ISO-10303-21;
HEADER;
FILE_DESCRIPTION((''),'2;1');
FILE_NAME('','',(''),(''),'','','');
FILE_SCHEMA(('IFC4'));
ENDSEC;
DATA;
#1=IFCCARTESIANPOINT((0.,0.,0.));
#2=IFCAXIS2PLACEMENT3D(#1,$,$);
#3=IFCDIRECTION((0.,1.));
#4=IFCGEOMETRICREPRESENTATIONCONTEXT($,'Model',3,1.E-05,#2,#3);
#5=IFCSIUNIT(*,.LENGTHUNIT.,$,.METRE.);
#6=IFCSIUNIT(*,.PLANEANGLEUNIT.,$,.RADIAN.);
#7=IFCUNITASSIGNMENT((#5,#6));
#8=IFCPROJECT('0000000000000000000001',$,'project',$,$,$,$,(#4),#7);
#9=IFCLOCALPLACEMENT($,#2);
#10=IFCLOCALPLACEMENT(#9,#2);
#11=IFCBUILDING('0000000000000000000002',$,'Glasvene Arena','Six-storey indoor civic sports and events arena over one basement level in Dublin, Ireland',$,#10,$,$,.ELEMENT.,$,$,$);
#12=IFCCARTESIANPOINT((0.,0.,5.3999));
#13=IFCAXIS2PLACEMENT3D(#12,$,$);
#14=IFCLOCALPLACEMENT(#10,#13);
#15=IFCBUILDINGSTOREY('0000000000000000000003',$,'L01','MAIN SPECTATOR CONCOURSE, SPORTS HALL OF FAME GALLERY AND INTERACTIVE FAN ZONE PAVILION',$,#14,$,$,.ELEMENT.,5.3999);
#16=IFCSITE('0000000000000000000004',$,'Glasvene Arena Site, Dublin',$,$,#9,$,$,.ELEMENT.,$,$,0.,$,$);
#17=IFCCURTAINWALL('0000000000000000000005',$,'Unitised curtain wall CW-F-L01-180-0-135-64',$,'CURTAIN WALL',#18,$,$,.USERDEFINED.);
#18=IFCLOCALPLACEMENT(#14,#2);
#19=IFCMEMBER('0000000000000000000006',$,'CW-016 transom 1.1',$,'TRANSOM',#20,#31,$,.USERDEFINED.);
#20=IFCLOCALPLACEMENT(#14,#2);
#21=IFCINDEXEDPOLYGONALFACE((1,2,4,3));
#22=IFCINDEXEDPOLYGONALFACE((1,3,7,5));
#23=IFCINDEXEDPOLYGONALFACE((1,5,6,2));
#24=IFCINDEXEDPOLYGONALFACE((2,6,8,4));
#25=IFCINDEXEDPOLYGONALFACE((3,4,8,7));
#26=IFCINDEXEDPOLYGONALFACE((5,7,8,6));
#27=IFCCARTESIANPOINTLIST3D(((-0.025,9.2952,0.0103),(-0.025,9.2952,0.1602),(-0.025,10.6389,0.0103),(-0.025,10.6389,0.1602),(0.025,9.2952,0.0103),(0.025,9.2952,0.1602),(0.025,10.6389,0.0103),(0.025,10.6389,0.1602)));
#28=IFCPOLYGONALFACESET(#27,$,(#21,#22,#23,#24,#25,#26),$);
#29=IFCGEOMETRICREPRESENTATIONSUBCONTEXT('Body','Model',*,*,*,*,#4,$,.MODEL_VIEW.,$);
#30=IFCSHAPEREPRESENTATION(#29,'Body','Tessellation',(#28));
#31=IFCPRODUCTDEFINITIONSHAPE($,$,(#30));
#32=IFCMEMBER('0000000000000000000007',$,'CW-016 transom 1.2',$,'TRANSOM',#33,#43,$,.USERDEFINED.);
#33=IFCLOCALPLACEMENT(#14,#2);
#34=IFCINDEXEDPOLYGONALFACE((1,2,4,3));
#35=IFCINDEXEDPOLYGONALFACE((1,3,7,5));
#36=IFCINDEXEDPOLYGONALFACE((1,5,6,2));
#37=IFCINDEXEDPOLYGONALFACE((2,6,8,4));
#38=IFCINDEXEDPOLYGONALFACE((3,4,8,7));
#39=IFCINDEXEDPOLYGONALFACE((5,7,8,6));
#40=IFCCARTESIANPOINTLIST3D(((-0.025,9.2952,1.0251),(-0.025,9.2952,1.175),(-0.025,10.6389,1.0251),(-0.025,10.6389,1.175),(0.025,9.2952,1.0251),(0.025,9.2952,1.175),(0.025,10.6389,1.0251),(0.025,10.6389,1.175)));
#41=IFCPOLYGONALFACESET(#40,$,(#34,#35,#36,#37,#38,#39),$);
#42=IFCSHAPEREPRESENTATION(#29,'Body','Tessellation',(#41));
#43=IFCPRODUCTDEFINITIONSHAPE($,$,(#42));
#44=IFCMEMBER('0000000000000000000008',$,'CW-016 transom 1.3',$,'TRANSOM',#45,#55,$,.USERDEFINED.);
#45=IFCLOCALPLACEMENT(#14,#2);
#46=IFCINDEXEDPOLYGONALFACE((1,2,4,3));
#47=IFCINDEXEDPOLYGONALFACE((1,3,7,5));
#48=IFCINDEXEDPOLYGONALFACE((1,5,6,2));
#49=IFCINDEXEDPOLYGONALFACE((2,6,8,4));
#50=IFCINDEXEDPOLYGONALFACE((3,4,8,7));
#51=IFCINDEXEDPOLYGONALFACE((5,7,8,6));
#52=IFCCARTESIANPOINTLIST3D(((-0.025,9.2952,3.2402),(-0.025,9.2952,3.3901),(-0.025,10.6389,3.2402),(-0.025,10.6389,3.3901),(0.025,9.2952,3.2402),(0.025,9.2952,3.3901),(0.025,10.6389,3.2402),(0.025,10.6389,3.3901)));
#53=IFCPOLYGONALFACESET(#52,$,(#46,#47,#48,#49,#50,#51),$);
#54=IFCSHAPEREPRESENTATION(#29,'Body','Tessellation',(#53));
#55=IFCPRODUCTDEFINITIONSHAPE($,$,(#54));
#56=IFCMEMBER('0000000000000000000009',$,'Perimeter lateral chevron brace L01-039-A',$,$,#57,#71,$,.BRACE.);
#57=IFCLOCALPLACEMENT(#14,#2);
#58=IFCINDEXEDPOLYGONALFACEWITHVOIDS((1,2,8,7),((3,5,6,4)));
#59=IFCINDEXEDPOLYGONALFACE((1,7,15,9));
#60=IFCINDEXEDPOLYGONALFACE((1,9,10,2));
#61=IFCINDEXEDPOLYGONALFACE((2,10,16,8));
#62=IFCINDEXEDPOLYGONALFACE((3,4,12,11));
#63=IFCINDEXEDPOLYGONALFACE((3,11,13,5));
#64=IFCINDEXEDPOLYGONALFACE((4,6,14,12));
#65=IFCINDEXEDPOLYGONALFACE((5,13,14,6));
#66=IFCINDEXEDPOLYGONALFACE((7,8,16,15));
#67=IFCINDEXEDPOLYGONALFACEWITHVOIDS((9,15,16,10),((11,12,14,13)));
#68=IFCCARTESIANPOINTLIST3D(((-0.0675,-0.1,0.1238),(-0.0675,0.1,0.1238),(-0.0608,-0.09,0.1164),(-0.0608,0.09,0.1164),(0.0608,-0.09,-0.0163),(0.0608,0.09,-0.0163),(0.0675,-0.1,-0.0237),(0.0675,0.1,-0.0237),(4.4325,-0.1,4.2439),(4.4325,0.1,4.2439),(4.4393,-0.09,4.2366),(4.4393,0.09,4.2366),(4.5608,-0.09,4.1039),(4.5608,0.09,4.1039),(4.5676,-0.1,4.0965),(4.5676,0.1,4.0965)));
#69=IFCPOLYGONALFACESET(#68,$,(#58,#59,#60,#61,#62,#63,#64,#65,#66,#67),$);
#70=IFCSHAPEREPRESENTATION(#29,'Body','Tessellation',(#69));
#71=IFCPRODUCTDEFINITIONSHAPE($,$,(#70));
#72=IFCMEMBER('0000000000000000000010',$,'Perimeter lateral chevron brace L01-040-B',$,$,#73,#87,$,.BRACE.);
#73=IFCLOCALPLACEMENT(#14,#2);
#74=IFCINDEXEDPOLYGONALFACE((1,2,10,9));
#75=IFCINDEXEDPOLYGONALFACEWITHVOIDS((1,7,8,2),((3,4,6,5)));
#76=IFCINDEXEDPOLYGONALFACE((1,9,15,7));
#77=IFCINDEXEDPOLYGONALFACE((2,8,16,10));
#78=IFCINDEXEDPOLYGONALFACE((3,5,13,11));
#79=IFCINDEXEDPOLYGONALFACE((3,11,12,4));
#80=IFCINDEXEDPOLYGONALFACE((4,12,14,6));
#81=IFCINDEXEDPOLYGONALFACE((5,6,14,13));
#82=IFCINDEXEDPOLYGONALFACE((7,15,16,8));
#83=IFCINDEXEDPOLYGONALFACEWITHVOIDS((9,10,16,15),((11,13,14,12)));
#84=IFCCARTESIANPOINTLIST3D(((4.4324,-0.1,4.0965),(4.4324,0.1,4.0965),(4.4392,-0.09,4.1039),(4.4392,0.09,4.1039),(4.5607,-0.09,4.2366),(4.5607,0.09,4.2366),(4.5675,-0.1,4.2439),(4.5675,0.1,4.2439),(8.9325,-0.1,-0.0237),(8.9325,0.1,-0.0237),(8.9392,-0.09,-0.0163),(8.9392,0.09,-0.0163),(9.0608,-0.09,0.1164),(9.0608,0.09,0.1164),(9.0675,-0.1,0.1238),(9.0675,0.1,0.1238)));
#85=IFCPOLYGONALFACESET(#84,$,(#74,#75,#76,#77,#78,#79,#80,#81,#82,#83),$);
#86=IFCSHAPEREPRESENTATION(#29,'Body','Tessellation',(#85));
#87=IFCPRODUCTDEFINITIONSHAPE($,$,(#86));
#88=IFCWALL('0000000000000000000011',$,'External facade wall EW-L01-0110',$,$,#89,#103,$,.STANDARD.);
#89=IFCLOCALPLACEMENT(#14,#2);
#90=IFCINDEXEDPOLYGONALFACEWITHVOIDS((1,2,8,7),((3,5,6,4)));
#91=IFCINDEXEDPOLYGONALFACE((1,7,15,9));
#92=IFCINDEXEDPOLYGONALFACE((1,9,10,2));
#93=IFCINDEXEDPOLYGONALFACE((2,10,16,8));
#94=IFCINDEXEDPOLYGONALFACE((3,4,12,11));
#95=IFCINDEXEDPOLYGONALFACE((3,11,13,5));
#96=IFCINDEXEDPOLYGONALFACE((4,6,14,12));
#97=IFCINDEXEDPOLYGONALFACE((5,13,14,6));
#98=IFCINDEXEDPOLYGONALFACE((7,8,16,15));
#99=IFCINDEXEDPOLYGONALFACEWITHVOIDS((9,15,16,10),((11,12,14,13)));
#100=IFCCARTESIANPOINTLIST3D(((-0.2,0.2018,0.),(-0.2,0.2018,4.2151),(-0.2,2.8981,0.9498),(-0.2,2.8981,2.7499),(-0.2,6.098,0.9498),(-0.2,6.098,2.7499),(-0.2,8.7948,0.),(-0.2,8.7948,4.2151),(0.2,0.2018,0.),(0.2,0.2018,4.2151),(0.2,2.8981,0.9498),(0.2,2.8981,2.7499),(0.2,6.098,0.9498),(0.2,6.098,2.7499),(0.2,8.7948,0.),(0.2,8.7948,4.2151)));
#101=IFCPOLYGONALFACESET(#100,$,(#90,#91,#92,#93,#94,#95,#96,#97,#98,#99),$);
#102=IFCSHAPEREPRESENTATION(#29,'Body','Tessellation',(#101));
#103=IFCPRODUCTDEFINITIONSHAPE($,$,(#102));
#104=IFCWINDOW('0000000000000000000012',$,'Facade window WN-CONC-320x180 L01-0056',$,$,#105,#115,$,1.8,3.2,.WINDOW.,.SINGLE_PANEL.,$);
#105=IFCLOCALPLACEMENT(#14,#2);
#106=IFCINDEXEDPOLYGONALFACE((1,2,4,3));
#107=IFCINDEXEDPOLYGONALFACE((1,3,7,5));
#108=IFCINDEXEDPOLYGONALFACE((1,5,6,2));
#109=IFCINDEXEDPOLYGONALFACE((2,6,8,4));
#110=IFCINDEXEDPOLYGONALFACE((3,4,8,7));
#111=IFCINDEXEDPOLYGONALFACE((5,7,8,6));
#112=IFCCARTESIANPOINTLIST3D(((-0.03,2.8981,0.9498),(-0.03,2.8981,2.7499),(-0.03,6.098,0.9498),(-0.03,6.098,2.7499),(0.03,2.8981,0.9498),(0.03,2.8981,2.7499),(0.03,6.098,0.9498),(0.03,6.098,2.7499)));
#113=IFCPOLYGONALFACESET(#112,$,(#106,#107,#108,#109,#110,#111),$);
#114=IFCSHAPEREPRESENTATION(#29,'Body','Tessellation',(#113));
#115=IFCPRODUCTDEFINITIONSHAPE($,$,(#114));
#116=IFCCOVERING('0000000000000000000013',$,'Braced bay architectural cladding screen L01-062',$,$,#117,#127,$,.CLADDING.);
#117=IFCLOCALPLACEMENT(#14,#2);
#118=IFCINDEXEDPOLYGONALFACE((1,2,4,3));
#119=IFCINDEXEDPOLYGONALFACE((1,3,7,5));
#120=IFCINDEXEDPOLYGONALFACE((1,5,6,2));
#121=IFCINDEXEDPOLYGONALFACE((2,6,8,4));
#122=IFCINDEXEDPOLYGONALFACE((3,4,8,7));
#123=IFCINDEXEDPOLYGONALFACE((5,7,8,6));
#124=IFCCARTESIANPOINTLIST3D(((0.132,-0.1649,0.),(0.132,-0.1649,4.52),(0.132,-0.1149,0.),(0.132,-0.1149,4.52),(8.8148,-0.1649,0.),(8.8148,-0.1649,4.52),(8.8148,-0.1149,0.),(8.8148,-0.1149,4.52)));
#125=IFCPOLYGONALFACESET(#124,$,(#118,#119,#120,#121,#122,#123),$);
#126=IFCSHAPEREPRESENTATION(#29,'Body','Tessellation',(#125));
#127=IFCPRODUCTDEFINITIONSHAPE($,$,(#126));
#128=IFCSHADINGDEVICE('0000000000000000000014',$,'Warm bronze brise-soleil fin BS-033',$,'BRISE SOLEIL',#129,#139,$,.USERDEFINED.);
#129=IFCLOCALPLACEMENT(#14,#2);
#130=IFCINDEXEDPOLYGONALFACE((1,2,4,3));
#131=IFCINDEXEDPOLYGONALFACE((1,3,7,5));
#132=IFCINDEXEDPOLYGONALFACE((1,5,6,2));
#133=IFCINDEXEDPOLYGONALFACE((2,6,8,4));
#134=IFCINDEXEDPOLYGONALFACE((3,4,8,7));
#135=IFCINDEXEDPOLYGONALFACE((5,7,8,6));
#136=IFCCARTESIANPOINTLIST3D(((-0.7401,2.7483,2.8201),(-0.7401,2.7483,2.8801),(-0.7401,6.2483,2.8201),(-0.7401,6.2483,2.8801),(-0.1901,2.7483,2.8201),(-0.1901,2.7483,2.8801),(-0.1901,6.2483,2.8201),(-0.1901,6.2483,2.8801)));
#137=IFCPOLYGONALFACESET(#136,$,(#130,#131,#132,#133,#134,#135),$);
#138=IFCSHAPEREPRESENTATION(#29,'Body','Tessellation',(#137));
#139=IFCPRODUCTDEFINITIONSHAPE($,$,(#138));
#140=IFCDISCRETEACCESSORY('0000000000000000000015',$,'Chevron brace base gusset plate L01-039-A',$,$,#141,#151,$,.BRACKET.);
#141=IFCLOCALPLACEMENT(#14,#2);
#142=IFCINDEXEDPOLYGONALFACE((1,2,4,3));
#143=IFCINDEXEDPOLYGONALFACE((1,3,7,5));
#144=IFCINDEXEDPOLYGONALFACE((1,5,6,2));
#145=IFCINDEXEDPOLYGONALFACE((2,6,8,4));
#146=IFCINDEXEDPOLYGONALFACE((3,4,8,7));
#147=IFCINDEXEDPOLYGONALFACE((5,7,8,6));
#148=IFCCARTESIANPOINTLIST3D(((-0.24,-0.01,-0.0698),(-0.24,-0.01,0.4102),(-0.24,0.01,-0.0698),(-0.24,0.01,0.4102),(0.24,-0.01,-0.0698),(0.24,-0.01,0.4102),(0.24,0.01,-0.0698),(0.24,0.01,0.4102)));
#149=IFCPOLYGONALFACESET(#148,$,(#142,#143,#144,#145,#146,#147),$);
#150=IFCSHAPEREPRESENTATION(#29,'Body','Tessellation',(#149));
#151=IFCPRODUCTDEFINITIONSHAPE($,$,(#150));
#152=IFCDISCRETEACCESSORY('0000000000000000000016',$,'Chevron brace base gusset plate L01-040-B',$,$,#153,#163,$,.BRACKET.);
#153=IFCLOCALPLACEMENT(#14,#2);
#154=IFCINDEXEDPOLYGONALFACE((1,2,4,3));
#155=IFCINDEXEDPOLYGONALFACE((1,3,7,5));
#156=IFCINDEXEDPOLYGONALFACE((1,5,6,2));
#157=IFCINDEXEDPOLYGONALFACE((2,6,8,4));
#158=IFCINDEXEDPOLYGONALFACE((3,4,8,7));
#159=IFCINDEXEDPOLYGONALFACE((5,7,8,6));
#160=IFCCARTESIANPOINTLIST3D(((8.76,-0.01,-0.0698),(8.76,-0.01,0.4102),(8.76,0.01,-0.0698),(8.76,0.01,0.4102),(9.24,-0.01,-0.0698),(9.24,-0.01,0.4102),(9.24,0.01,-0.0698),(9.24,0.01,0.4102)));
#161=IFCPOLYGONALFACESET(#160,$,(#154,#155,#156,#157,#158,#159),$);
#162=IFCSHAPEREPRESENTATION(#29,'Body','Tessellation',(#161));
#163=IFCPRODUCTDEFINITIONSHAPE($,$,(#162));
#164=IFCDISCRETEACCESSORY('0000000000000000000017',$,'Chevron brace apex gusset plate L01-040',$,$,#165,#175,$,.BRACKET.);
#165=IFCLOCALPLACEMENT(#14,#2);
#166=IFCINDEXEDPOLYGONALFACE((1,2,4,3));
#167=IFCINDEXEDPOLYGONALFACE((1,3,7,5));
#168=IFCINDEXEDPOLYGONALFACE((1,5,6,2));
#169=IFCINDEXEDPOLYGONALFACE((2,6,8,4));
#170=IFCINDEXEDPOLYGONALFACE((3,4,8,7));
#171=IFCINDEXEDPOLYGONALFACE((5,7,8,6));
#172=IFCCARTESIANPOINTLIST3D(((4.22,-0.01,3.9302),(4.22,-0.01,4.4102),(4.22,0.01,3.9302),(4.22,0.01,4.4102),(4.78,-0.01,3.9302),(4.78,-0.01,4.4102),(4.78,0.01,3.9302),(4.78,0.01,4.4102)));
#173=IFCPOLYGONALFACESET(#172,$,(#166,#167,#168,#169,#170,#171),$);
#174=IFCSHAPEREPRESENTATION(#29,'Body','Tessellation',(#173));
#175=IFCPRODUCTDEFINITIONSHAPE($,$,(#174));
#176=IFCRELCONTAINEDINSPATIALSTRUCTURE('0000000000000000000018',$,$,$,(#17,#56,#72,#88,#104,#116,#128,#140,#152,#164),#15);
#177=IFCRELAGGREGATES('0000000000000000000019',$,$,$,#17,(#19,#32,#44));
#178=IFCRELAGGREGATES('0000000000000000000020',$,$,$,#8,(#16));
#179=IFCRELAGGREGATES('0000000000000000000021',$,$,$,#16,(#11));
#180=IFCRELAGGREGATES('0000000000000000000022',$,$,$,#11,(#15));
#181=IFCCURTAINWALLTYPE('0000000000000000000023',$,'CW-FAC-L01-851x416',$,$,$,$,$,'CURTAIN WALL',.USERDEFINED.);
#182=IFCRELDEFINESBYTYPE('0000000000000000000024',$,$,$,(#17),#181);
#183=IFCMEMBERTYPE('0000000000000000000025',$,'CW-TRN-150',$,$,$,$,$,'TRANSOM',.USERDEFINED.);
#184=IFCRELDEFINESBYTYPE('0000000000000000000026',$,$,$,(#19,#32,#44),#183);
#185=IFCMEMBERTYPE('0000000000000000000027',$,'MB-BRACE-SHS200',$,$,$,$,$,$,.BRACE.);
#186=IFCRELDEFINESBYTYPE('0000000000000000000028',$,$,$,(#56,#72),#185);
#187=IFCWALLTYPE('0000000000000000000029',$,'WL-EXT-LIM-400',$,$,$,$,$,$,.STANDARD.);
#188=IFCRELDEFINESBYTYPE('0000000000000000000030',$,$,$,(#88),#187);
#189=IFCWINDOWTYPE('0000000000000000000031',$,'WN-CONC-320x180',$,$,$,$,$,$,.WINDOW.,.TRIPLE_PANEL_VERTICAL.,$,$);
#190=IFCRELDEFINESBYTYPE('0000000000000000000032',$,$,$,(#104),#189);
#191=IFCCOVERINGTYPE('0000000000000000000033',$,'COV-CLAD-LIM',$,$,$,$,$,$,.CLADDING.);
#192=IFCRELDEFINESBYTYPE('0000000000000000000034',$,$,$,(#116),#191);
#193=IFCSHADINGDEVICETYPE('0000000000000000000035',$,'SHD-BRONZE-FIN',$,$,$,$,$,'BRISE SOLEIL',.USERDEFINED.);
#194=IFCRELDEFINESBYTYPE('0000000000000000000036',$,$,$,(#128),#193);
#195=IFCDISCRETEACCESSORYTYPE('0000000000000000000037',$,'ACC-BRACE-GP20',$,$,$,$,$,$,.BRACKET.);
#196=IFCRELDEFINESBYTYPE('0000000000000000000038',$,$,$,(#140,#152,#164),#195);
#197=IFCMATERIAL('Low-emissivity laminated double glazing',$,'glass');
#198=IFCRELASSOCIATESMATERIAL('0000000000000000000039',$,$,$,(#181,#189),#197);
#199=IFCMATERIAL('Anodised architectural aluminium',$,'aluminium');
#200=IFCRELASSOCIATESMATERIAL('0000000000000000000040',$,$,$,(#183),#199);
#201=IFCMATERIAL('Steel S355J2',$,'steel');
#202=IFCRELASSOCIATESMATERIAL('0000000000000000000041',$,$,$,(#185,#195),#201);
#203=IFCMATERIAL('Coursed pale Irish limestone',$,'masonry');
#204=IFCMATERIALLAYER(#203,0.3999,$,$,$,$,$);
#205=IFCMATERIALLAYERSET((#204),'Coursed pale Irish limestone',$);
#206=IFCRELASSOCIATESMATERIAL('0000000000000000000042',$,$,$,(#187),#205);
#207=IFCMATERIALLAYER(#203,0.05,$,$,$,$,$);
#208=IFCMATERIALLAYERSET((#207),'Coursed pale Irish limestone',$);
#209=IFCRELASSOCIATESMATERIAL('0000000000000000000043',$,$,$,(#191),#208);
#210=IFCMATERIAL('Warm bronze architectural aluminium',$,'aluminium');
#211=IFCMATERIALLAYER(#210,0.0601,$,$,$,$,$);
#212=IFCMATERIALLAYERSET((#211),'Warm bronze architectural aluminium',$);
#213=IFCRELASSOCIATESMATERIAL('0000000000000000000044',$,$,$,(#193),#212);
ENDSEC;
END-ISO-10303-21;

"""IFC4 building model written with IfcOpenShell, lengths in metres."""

from ifc_helpers import new_model, si_unit, direction, frame, frame_2d, origin, origin_2d, place, context, subcontext, project, spatial, rectangle, hollow_rectangle, extrude, material, layer, layer_set, material_profile, profile_set, type_object, element, fill, aggregate, save


model = new_model("IFC4")

# Units and contexts
model_context = context("Model", 3, precision=1e-05, world=origin(), true_north=direction((0.0, 1.0)))
body_context = subcontext(model_context, "Body", "Model", "MODEL_VIEW")
ifc_project = project(units=[si_unit("LENGTHUNIT", "METRE"), si_unit("PLANEANGLEUNIT", "RADIAN")], contexts=[model_context])

# Site, building, storey
site_placement = place(None, origin())
site = spatial("IfcSite", under=ifc_project, at=site_placement, Name="Glasvene Arena Site, Dublin", CompositionType="ELEMENT", RefElevation=0.0)
building_placement = place(site_placement, origin())
building = spatial("IfcBuilding", under=site, at=building_placement, Name="Glasvene Arena", Description="Six-storey indoor civic sports and events arena over one basement level in Dublin, Ireland", CompositionType="ELEMENT")
storey_placement = place(building_placement, frame((0.0, 0.0, 5.3999)))
storey = spatial("IfcBuildingStorey", under=building, at=storey_placement, Name="L01", Description="MAIN SPECTATOR CONCOURSE, SPORTS HALL OF FAME GALLERY AND INTERACTIVE FAN ZONE PAVILION", CompositionType="ELEMENT", Elevation=5.3999)

# Shared definitions
ifc_material_1 = material(Name="Steel S355J2", Category="steel")

# Curtain wall, members
ifc_material_2 = material(Name="Low-emissivity laminated double glazing", Category="glass")
curtain_wall_type = type_object("IfcCurtainWallType", Name="CW-FAC-L01-851x416", ElementType="CURTAIN WALL", PredefinedType="USERDEFINED", material=ifc_material_2)
curtain_wall_placement = place(storey_placement, frame((0.0, 9.2451, 0.0)))
curtain_wall = element("IfcCurtainWall", 1, at=curtain_wall_placement, inside=storey, type_object=curtain_wall_type, Name="Unitised curtain wall CW-F-L01-180-0-135-64", ObjectType="CURTAIN WALL", PredefinedType="USERDEFINED")
ifc_material_3 = material(Name="Anodised architectural aluminium", Category="aluminium")
ifc_material_profile_1 = material_profile(ifc_material_3, rectangle(XDim=0.05, YDim=0.1499, at=origin_2d()), Name="ALU TRANSOM 50x150")
ifc_profile_set_1 = profile_set([ifc_material_profile_1], Name="Anodised architectural aluminium")
member_type_1 = type_object("IfcMemberType", Name="CW-TRN-150", ElementType="TRANSOM", PredefinedType="USERDEFINED", material=ifc_profile_set_1)
member_1_placement = place(storey_placement, frame((0.0, 9.2952, 0.0852), z_axis=(0.0, 1.0, 0.0), x_axis=(-1.0, 0.0, 0.0)))
member_1 = element("IfcMember", 2, at=member_1_placement, type_object=member_type_1, Name="CW-016 transom 1.1", ObjectType="TRANSOM", PredefinedType="USERDEFINED", context=body_context, shape_type="SweptSolid", body=[
    extrude(rectangle(XDim=0.05, YDim=0.1499, at=origin_2d()), origin(), (0.0, 0.0, 1.0), 1.3438),
])
member_2_placement = place(storey_placement, frame((0.0, 9.2952, 1.1001), z_axis=(0.0, 1.0, 0.0), x_axis=(-1.0, 0.0, 0.0)))
member_2 = element("IfcMember", 3, at=member_2_placement, type_object=member_type_1, Name="CW-016 transom 1.2", ObjectType="TRANSOM", PredefinedType="USERDEFINED", context=body_context, shape_type="SweptSolid", body=[
    extrude(rectangle(XDim=0.05, YDim=0.1499, at=origin_2d()), origin(), (0.0, 0.0, 1.0), 1.3438),
])
member_3_placement = place(storey_placement, frame((0.0, 9.2952, 3.3152), z_axis=(0.0, 1.0, 0.0), x_axis=(-1.0, 0.0, 0.0)))
member_3 = element("IfcMember", 4, at=member_3_placement, type_object=member_type_1, Name="CW-016 transom 1.3", ObjectType="TRANSOM", PredefinedType="USERDEFINED", context=body_context, shape_type="SweptSolid", body=[
    extrude(rectangle(XDim=0.05, YDim=0.1499, at=origin_2d()), origin(), (0.0, 0.0, 1.0), 1.3438),
])
aggregate(curtain_wall, [member_1, member_2, member_3])

# Members
ifc_material_profile_2 = material_profile(ifc_material_1, hollow_rectangle(XDim=0.2, YDim=0.2, WallThickness=0.01, at=origin_2d()), Name="SHS 200x200x10.0")
ifc_profile_set_2 = profile_set([ifc_material_profile_2], Name="Steel S355J2")
member_type_2 = type_object("IfcMemberType", Name="MB-BRACE-SHS200", PredefinedType="BRACE", material=ifc_profile_set_2)
for number, where, z_axis, x_axis, name in (
    (5, (0.0, 0.0, 0.05), (0.737553, 0.0, 0.67529), (0.0, 1.0, 0.0), "Perimeter lateral chevron brace L01-039-A"),
    (6, (9.0, 0.0, 0.05), (-0.737553, 0.0, 0.67529), (0.0, -1.0, 0.0), "Perimeter lateral chevron brace L01-040-B"),
):
    element("IfcMember", number, at=place(storey_placement, frame(where, z_axis=z_axis, x_axis=x_axis)), inside=storey, type_object=member_type_2, Name=name, PredefinedType="BRACE", context=body_context, shape_type="SweptSolid", body=[
        extrude(hollow_rectangle(XDim=0.2, YDim=0.2, WallThickness=0.01, at=origin_2d()), origin(), (0.0, 0.0, 1.0), 6.1013),
    ])

# Wall, opening, window
ifc_material_4 = material(Name="Coursed pale Irish limestone", Category="masonry")
ifc_layer_1 = layer(ifc_material_4, 0.3999)
ifc_layer_set_1 = layer_set([ifc_layer_1], Name="Coursed pale Irish limestone")
wall_type = type_object("IfcWallType", Name="WL-EXT-LIM-400", PredefinedType="STANDARD", material=ifc_layer_set_1)
wall_placement = place(storey_placement, frame((0.0, 0.2019, 0.0), z_axis=(0.0, 0.0, 1.0), x_axis=(0.0, 1.0, 0.0)))
wall = element("IfcWall", 7, at=wall_placement, inside=storey, type_object=wall_type, Name="External facade wall EW-L01-0110", PredefinedType="STANDARD", context=body_context, shape_type="SweptSolid", body=[
    extrude(rectangle(XDim=8.593, YDim=0.3999, at=frame_2d((4.2964, 0.0))), origin(), (0.0, 0.0, 1.0), 4.2151),
])
opening_placement = place(wall_placement, frame((2.696, 0.0, 0.95)))
opening = element("IfcOpeningElement", 8, at=opening_placement, cuts=wall, PredefinedType="OPENING", context=body_context, shape_type="SweptSolid", body=[
    extrude(rectangle(XDim=3.2, YDim=1.8, at=frame_2d((1.6001, 0.8999))), frame((0.0, 0.21, 0.0), z_axis=(0.0, -1.0, 0.0), x_axis=(1.0, 0.0, 0.0)), (0.0, 0.0, 1.0), 0.4199),
])
window_type = type_object("IfcWindowType", Name="WN-CONC-320x180", PartitioningType="TRIPLE_PANEL_VERTICAL", PredefinedType="WINDOW", material=ifc_material_2)
window_placement = place(opening_placement, origin())
window = element("IfcWindow", 9, at=window_placement, inside=storey, type_object=window_type, Name="Facade window WN-CONC-320x180 L01-0056", OverallHeight=1.8, OverallWidth=3.2, PartitioningType="SINGLE_PANEL", PredefinedType="WINDOW", context=body_context, shape_type="SweptSolid", body=[
    extrude(rectangle(XDim=3.2, YDim=1.8, at=frame_2d((1.6001, 0.8999))), frame((0.0, 0.03, 0.0), z_axis=(0.0, -1.0, 0.0), x_axis=(1.0, 0.0, 0.0)), (0.0, 0.0, 1.0), 0.0601),
])
fill(opening, window)

# Covering
ifc_layer_2 = layer(ifc_material_4, 0.05)
ifc_layer_set_2 = layer_set([ifc_layer_2], Name="Coursed pale Irish limestone")
covering_type = type_object("IfcCoveringType", Name="COV-CLAD-LIM", PredefinedType="CLADDING", material=ifc_layer_set_2)
covering_placement = place(storey_placement, frame((4.4734, -0.1399, 0.0), z_axis=(0.0, 0.0, 1.0), x_axis=(-1.0, 0.0, 0.0)))
element("IfcCovering", 10, at=covering_placement, inside=storey, type_object=covering_type, Name="Braced bay architectural cladding screen L01-062", PredefinedType="CLADDING", context=body_context, shape_type="SweptSolid", body=[
    extrude(rectangle(XDim=8.6829, YDim=0.05, at=origin_2d()), origin(), (0.0, 0.0, 1.0), 4.52),
])

# Shading device
ifc_material_5 = material(Name="Warm bronze architectural aluminium", Category="aluminium")
ifc_layer_3 = layer(ifc_material_5, 0.0601)
ifc_layer_set_3 = layer_set([ifc_layer_3], Name="Warm bronze architectural aluminium")
shading_device_type = type_object("IfcShadingDeviceType", Name="SHD-BRONZE-FIN", ElementType="BRISE SOLEIL", PredefinedType="USERDEFINED", material=ifc_layer_set_3)
shading_device_placement = place(storey_placement, frame((-0.4651, 4.4983, 2.8201), z_axis=(0.0, 0.0, 1.0), x_axis=(0.0, 1.0, 0.0)))
element("IfcShadingDevice", 11, at=shading_device_placement, inside=storey, type_object=shading_device_type, Name="Warm bronze brise-soleil fin BS-033", ObjectType="BRISE SOLEIL", PredefinedType="USERDEFINED", context=body_context, shape_type="SweptSolid", body=[
    extrude(rectangle(XDim=3.5, YDim=0.55, at=origin_2d()), origin(), (0.0, 0.0, 1.0), 0.0601),
])

# Discrete accessories
discrete_accessory_type_1 = type_object("IfcDiscreteAccessoryType", Name="ACC-BRACE-GP20", PredefinedType="BRACKET", material=ifc_material_1)
for number, where, z_axis, x_axis, name in (
    (12, (0.0, 0.0, -0.0698), (0.0, 0.0, 1.0), (1.0, 0.0, 0.0), "Chevron brace base gusset plate L01-039-A"),
    (13, (9.0, 0.0, -0.0698), (0.0, 0.0, 1.0), (1.0, 0.0, 0.0), "Chevron brace base gusset plate L01-040-B"),
):
    element("IfcDiscreteAccessory", number, at=place(storey_placement, frame(where, z_axis=z_axis, x_axis=x_axis)), inside=storey, type_object=discrete_accessory_type_1, Name=name, PredefinedType="BRACKET", context=body_context, shape_type="SweptSolid", body=[
        extrude(rectangle(XDim=0.48, YDim=0.02, at=origin_2d()), origin(), (0.0, 0.0, 1.0), 0.48),
    ])
discrete_accessory_placement = place(storey_placement, frame((4.5, 0.0, 3.9302), z_axis=(0.0, 0.0, 1.0), x_axis=(1.0, 0.0, 0.0)))
element("IfcDiscreteAccessory", 14, at=discrete_accessory_placement, inside=storey, type_object=discrete_accessory_type_1, Name="Chevron brace apex gusset plate L01-040", PredefinedType="BRACKET", context=body_context, shape_type="SweptSolid", body=[
    extrude(rectangle(XDim=0.5601, YDim=0.02, at=origin_2d()), origin(), (0.0, 0.0, 1.0), 0.48),
])

save(model, "model.ifc")
